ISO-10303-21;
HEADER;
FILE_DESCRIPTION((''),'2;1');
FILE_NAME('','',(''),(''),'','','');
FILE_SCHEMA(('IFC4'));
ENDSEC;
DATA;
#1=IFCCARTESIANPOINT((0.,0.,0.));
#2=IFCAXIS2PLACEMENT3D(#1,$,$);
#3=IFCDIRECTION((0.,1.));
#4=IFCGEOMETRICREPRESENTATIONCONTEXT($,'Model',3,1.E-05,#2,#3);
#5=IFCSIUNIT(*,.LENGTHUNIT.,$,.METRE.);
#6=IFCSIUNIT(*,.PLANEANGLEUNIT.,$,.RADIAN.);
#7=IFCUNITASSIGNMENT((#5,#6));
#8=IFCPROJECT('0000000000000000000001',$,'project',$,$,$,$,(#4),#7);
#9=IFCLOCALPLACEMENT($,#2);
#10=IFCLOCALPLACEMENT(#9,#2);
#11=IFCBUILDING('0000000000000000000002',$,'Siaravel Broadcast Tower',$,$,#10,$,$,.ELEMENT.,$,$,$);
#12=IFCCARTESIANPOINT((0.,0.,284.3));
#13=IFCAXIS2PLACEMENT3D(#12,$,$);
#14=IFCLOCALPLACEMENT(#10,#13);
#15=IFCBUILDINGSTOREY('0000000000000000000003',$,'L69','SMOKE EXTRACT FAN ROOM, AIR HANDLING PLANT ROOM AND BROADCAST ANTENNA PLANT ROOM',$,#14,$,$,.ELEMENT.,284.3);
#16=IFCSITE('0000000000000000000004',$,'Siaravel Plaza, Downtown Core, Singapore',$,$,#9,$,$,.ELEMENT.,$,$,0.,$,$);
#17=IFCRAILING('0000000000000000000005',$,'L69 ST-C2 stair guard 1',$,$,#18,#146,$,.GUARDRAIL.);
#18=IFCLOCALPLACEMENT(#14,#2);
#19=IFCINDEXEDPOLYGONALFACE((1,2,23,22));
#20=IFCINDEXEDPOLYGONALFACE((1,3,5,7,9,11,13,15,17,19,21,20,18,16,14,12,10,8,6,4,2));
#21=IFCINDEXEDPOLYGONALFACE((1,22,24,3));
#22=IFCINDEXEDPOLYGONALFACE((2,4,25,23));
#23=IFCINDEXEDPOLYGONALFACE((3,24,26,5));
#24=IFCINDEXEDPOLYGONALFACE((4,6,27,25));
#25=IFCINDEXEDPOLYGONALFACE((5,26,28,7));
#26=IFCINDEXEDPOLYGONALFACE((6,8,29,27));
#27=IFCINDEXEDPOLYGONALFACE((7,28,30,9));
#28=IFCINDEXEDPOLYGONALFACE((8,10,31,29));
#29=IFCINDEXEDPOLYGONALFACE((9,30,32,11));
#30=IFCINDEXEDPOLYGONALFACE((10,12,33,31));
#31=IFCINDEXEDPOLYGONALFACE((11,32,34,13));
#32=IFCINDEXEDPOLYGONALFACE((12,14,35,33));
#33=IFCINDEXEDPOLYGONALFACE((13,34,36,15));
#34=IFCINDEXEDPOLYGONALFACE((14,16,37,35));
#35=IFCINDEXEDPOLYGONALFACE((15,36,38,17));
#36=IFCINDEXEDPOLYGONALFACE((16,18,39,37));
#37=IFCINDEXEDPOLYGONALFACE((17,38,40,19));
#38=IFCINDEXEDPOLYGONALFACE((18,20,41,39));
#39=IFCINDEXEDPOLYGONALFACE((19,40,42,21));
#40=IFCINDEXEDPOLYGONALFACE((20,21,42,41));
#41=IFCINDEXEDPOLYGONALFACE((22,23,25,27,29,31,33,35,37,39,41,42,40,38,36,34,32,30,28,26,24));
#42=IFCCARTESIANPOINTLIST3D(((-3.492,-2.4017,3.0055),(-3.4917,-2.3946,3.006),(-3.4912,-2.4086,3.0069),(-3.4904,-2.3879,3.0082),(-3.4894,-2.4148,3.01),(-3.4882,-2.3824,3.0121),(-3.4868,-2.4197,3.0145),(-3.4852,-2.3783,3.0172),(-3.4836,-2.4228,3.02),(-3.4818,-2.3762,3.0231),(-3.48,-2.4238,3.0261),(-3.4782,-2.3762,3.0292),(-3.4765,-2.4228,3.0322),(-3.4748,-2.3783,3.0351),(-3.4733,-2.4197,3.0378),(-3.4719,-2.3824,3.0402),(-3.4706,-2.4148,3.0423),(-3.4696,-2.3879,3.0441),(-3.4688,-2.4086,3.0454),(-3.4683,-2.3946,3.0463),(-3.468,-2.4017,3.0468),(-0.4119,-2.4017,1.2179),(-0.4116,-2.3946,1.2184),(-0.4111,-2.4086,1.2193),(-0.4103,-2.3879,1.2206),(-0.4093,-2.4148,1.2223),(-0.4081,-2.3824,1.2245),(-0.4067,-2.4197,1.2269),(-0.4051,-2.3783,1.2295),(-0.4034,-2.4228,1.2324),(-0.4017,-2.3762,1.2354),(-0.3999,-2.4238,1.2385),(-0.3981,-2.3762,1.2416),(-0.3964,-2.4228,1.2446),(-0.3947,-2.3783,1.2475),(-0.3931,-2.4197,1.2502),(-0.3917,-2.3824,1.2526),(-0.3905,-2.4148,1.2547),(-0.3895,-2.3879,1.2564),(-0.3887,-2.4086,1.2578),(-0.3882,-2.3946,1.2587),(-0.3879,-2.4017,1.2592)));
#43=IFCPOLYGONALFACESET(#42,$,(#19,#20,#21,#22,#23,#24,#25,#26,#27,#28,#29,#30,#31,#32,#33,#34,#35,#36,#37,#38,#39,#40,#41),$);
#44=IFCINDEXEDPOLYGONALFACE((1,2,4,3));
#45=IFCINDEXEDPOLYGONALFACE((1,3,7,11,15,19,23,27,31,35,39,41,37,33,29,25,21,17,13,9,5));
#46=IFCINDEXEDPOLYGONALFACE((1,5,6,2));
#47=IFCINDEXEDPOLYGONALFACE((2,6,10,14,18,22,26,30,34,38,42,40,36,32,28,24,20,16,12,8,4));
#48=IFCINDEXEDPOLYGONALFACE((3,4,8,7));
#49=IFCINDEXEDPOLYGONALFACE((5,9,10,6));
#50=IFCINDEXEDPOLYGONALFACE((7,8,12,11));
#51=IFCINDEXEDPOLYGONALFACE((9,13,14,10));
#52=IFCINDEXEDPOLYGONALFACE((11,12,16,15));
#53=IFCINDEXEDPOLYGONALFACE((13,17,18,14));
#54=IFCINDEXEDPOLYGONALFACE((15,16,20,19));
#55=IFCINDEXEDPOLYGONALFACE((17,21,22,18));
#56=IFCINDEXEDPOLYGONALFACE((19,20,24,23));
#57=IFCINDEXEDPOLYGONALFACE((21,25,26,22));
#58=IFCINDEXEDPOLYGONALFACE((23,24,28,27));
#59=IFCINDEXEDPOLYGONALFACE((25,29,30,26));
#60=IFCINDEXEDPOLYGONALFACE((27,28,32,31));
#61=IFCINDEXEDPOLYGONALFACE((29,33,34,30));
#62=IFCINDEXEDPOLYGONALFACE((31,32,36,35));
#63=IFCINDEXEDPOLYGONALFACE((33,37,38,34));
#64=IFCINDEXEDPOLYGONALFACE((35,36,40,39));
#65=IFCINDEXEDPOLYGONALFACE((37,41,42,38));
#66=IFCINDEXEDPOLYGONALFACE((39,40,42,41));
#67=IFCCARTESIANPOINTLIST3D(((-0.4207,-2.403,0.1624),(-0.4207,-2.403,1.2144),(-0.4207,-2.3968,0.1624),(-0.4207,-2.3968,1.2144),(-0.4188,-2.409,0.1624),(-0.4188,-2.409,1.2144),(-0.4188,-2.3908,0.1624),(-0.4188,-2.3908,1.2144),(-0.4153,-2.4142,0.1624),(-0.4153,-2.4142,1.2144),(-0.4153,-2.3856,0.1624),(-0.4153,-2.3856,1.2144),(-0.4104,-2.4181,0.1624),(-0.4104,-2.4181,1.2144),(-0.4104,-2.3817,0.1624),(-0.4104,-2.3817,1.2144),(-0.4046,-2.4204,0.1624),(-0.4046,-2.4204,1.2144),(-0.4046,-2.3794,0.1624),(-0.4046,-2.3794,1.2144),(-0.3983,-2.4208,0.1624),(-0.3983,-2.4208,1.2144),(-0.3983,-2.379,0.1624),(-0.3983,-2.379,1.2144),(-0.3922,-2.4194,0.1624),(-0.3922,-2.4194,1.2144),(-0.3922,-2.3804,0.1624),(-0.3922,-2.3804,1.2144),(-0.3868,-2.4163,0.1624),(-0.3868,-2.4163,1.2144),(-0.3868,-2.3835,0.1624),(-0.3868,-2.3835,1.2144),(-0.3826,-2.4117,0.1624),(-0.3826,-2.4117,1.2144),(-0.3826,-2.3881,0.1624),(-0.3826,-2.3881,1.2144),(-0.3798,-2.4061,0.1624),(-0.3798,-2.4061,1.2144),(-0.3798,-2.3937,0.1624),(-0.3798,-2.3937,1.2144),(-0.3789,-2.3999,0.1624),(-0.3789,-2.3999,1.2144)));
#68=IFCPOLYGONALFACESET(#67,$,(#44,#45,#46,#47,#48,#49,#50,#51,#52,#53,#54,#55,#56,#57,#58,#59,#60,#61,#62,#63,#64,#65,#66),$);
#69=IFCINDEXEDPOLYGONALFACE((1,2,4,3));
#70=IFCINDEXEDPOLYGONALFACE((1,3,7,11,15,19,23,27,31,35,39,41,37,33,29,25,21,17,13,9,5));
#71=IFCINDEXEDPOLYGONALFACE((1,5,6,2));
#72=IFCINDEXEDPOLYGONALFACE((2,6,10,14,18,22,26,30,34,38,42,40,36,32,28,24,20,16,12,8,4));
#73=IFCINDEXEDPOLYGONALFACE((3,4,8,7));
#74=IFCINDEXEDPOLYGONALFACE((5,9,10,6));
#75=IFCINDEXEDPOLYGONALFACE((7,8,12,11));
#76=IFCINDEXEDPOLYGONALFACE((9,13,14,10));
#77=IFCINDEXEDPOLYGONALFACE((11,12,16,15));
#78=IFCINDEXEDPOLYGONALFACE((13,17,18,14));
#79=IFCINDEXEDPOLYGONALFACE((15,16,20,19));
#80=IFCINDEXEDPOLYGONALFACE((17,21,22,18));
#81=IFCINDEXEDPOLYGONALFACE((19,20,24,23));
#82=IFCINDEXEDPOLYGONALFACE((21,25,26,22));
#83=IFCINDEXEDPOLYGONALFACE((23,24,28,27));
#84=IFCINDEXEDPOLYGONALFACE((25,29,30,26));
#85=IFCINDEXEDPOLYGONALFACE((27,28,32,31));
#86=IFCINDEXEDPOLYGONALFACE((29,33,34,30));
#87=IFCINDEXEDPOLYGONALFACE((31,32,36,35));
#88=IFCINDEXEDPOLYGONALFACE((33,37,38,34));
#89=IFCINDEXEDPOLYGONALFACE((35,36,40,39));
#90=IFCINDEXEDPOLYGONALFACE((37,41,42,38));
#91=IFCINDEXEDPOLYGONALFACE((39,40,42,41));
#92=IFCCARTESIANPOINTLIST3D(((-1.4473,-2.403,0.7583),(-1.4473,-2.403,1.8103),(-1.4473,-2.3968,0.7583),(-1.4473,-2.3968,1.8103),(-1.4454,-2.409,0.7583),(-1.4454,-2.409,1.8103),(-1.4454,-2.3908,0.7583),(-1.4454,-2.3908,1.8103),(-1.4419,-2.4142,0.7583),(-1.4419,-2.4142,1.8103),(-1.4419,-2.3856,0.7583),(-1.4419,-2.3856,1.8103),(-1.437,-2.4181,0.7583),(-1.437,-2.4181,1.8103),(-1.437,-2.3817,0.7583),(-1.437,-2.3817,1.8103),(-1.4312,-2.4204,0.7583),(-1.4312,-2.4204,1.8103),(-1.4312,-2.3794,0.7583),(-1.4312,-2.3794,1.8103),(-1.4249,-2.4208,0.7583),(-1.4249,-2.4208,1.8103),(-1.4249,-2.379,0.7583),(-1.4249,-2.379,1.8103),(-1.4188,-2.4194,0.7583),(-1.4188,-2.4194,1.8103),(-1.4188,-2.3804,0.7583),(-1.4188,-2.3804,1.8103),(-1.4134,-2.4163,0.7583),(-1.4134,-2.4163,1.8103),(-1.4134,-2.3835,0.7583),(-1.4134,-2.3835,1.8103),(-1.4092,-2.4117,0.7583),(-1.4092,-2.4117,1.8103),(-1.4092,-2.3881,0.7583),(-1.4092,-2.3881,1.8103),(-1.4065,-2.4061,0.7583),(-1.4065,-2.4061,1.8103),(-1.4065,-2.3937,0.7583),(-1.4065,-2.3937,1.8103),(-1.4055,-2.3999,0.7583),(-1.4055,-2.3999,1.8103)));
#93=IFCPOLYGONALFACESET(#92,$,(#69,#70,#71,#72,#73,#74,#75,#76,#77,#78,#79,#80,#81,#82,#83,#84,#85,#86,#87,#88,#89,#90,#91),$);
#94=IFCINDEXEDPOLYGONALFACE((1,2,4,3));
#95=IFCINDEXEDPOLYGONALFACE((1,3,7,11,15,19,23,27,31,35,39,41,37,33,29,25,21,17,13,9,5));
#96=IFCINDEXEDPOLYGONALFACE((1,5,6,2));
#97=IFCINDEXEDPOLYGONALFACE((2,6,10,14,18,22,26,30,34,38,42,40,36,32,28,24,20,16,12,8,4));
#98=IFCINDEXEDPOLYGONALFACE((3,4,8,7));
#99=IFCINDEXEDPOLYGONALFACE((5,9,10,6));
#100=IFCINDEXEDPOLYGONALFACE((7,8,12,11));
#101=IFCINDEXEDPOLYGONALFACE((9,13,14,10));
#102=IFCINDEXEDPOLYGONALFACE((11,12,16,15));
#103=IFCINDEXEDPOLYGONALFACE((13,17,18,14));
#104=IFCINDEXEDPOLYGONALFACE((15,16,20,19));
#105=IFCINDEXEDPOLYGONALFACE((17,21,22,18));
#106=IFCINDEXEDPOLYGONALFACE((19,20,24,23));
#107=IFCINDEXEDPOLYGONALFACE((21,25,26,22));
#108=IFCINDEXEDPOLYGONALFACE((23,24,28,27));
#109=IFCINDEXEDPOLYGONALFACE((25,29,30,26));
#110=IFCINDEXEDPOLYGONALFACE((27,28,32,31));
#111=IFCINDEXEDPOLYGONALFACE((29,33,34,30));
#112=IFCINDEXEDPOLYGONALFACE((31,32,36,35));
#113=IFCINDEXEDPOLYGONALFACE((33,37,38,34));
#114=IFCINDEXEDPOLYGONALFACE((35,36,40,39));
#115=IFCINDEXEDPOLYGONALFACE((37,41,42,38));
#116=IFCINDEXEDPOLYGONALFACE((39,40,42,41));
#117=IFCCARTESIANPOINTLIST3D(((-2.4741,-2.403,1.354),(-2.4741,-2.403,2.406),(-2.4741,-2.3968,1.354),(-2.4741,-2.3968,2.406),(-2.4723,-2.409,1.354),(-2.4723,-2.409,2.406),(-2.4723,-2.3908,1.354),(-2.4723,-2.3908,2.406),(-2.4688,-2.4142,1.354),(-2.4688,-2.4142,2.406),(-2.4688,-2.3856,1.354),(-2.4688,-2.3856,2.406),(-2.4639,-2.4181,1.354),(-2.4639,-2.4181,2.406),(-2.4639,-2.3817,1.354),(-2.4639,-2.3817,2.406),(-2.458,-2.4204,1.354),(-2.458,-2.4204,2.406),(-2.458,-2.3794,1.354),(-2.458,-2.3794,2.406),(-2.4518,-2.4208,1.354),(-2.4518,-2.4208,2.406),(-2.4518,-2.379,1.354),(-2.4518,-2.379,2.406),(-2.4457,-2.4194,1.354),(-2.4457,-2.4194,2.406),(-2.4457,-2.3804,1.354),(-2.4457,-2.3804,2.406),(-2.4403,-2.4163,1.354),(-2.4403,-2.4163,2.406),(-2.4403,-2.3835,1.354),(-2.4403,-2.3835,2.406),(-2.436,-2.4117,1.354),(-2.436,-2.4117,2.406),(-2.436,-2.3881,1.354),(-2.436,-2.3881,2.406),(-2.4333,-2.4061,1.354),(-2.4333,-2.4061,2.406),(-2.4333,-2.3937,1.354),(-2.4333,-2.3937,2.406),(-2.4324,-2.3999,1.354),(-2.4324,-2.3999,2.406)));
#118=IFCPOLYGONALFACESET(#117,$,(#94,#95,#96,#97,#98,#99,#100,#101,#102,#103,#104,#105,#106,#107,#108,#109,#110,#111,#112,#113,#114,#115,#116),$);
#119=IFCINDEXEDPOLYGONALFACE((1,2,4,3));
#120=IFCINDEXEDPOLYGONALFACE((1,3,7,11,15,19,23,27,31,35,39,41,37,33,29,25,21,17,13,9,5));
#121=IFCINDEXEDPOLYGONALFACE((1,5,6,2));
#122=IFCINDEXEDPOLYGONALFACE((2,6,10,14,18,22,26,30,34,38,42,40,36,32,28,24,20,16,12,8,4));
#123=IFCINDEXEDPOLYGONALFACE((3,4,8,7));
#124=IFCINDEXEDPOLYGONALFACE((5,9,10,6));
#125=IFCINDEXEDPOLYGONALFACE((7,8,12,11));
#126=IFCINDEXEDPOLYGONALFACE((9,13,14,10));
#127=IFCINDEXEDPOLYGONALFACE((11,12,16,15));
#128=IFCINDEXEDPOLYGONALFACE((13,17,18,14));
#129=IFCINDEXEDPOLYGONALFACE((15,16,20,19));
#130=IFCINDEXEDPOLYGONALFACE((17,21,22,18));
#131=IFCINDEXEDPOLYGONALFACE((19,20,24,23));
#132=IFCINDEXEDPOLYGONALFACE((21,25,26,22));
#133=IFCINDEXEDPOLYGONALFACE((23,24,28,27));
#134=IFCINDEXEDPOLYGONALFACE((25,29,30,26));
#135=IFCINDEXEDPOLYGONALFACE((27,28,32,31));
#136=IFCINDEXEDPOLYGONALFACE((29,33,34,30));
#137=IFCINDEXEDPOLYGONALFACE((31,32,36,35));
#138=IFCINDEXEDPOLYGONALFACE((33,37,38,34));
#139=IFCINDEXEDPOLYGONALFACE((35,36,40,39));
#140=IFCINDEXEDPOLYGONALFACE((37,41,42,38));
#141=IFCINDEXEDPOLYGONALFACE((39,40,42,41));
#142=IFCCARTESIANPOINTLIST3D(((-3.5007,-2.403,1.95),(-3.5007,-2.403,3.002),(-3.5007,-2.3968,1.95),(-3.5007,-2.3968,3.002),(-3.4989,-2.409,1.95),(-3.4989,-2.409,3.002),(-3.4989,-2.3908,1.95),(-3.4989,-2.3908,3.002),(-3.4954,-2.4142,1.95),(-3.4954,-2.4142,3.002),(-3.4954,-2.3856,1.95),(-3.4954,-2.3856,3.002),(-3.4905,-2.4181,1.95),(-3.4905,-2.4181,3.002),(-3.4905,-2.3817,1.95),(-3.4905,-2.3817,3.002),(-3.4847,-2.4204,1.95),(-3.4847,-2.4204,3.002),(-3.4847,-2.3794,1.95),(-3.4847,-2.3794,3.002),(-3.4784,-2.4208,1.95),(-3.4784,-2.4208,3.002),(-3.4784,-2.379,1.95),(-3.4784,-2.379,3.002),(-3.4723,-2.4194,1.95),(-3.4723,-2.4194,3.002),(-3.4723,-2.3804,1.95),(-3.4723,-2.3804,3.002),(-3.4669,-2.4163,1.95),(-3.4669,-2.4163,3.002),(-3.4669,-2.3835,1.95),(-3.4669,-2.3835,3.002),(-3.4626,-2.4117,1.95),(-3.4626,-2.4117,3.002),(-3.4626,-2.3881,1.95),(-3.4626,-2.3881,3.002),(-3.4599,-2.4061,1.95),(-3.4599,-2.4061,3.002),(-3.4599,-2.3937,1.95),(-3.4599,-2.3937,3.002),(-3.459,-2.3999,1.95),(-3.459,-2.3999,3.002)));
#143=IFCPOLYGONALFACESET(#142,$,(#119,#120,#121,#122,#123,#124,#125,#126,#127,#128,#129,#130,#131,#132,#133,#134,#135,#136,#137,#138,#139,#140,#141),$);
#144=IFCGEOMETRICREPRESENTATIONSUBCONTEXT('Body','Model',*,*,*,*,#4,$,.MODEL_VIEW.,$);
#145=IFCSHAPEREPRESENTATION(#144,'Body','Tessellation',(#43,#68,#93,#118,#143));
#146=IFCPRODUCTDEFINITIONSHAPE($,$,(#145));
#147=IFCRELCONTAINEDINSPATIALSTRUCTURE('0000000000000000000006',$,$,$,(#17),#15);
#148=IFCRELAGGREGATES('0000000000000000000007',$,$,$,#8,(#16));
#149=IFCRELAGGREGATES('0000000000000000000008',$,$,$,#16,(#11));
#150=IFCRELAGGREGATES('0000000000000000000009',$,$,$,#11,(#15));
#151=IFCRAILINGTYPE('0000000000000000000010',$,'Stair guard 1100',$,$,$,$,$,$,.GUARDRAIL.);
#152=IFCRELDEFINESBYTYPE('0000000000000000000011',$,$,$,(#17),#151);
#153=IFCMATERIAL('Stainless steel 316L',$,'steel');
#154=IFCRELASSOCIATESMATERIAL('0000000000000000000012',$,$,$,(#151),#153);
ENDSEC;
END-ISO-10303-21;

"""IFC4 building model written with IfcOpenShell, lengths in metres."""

from ifc_helpers import new_model, si_unit, direction, frame, origin, origin_2d, place, context, subcontext, project, spatial, circle, extrude, material, type_object, element, save


model = new_model("IFC4")

# Units and contexts
model_context = context("Model", 3, precision=1e-05, world=origin(), true_north=direction((0.0, 1.0)))
body_context = subcontext(model_context, "Body", "Model", "MODEL_VIEW")
ifc_project = project(units=[si_unit("LENGTHUNIT", "METRE"), si_unit("PLANEANGLEUNIT", "RADIAN")], contexts=[model_context])

# Site, building, storey
site_placement = place(None, origin())
site = spatial("IfcSite", under=ifc_project, at=site_placement, Name="Siaravel Plaza, Downtown Core, Singapore", CompositionType="ELEMENT", RefElevation=0.0)
building_placement = place(site_placement, origin())
building = spatial("IfcBuilding", under=site, at=building_placement, Name="Siaravel Broadcast Tower", CompositionType="ELEMENT")
storey_placement = place(building_placement, frame((0.0, 0.0, 284.3)))
storey = spatial("IfcBuildingStorey", under=building, at=storey_placement, Name="L69", Description="SMOKE EXTRACT FAN ROOM, AIR HANDLING PLANT ROOM AND BROADCAST ANTENNA PLANT ROOM", CompositionType="ELEMENT", Elevation=284.3)

# Shared definitions
ifc_material_1 = material(Name="Stainless steel 316L", Category="steel")

# Railing
railing_type_1 = type_object("IfcRailingType", Name="Stair guard 1100", PredefinedType="GUARDRAIL", material=ifc_material_1)
railing_1_placement = place(storey_placement, frame((-0.3999, -2.3999, 0.1624)))
element("IfcRailing", 1, at=railing_1_placement, inside=storey, type_object=railing_type_1, Name="L69 ST-C2 stair guard 1", PredefinedType="GUARDRAIL", context=body_context, shape_type="SweptSolid", body=[
    extrude(circle(Radius=0.0239, at=origin_2d()), frame((0.0, 0.0, 1.0762), z_axis=(-0.864891, 0.0, 0.50196), x_axis=(0.0, -1.0, 0.0)), (0.0, 0.0, 1.0), 3.5613),
    extrude(circle(Radius=0.021, at=origin_2d()), origin(), (0.0, 0.0, 1.0), 1.052),
    extrude(circle(Radius=0.021, at=origin_2d()), frame((-1.0266, 0.0, 0.5959)), (0.0, 0.0, 1.0), 1.052),
    extrude(circle(Radius=0.021, at=origin_2d()), frame((-2.0535, 0.0, 1.1917)), (0.0, 0.0, 1.0), 1.052),
    extrude(circle(Radius=0.021, at=origin_2d()), frame((-3.0801, 0.0, 1.7876)), (0.0, 0.0, 1.0), 1.052),
])

save(model, "model.ifc")
